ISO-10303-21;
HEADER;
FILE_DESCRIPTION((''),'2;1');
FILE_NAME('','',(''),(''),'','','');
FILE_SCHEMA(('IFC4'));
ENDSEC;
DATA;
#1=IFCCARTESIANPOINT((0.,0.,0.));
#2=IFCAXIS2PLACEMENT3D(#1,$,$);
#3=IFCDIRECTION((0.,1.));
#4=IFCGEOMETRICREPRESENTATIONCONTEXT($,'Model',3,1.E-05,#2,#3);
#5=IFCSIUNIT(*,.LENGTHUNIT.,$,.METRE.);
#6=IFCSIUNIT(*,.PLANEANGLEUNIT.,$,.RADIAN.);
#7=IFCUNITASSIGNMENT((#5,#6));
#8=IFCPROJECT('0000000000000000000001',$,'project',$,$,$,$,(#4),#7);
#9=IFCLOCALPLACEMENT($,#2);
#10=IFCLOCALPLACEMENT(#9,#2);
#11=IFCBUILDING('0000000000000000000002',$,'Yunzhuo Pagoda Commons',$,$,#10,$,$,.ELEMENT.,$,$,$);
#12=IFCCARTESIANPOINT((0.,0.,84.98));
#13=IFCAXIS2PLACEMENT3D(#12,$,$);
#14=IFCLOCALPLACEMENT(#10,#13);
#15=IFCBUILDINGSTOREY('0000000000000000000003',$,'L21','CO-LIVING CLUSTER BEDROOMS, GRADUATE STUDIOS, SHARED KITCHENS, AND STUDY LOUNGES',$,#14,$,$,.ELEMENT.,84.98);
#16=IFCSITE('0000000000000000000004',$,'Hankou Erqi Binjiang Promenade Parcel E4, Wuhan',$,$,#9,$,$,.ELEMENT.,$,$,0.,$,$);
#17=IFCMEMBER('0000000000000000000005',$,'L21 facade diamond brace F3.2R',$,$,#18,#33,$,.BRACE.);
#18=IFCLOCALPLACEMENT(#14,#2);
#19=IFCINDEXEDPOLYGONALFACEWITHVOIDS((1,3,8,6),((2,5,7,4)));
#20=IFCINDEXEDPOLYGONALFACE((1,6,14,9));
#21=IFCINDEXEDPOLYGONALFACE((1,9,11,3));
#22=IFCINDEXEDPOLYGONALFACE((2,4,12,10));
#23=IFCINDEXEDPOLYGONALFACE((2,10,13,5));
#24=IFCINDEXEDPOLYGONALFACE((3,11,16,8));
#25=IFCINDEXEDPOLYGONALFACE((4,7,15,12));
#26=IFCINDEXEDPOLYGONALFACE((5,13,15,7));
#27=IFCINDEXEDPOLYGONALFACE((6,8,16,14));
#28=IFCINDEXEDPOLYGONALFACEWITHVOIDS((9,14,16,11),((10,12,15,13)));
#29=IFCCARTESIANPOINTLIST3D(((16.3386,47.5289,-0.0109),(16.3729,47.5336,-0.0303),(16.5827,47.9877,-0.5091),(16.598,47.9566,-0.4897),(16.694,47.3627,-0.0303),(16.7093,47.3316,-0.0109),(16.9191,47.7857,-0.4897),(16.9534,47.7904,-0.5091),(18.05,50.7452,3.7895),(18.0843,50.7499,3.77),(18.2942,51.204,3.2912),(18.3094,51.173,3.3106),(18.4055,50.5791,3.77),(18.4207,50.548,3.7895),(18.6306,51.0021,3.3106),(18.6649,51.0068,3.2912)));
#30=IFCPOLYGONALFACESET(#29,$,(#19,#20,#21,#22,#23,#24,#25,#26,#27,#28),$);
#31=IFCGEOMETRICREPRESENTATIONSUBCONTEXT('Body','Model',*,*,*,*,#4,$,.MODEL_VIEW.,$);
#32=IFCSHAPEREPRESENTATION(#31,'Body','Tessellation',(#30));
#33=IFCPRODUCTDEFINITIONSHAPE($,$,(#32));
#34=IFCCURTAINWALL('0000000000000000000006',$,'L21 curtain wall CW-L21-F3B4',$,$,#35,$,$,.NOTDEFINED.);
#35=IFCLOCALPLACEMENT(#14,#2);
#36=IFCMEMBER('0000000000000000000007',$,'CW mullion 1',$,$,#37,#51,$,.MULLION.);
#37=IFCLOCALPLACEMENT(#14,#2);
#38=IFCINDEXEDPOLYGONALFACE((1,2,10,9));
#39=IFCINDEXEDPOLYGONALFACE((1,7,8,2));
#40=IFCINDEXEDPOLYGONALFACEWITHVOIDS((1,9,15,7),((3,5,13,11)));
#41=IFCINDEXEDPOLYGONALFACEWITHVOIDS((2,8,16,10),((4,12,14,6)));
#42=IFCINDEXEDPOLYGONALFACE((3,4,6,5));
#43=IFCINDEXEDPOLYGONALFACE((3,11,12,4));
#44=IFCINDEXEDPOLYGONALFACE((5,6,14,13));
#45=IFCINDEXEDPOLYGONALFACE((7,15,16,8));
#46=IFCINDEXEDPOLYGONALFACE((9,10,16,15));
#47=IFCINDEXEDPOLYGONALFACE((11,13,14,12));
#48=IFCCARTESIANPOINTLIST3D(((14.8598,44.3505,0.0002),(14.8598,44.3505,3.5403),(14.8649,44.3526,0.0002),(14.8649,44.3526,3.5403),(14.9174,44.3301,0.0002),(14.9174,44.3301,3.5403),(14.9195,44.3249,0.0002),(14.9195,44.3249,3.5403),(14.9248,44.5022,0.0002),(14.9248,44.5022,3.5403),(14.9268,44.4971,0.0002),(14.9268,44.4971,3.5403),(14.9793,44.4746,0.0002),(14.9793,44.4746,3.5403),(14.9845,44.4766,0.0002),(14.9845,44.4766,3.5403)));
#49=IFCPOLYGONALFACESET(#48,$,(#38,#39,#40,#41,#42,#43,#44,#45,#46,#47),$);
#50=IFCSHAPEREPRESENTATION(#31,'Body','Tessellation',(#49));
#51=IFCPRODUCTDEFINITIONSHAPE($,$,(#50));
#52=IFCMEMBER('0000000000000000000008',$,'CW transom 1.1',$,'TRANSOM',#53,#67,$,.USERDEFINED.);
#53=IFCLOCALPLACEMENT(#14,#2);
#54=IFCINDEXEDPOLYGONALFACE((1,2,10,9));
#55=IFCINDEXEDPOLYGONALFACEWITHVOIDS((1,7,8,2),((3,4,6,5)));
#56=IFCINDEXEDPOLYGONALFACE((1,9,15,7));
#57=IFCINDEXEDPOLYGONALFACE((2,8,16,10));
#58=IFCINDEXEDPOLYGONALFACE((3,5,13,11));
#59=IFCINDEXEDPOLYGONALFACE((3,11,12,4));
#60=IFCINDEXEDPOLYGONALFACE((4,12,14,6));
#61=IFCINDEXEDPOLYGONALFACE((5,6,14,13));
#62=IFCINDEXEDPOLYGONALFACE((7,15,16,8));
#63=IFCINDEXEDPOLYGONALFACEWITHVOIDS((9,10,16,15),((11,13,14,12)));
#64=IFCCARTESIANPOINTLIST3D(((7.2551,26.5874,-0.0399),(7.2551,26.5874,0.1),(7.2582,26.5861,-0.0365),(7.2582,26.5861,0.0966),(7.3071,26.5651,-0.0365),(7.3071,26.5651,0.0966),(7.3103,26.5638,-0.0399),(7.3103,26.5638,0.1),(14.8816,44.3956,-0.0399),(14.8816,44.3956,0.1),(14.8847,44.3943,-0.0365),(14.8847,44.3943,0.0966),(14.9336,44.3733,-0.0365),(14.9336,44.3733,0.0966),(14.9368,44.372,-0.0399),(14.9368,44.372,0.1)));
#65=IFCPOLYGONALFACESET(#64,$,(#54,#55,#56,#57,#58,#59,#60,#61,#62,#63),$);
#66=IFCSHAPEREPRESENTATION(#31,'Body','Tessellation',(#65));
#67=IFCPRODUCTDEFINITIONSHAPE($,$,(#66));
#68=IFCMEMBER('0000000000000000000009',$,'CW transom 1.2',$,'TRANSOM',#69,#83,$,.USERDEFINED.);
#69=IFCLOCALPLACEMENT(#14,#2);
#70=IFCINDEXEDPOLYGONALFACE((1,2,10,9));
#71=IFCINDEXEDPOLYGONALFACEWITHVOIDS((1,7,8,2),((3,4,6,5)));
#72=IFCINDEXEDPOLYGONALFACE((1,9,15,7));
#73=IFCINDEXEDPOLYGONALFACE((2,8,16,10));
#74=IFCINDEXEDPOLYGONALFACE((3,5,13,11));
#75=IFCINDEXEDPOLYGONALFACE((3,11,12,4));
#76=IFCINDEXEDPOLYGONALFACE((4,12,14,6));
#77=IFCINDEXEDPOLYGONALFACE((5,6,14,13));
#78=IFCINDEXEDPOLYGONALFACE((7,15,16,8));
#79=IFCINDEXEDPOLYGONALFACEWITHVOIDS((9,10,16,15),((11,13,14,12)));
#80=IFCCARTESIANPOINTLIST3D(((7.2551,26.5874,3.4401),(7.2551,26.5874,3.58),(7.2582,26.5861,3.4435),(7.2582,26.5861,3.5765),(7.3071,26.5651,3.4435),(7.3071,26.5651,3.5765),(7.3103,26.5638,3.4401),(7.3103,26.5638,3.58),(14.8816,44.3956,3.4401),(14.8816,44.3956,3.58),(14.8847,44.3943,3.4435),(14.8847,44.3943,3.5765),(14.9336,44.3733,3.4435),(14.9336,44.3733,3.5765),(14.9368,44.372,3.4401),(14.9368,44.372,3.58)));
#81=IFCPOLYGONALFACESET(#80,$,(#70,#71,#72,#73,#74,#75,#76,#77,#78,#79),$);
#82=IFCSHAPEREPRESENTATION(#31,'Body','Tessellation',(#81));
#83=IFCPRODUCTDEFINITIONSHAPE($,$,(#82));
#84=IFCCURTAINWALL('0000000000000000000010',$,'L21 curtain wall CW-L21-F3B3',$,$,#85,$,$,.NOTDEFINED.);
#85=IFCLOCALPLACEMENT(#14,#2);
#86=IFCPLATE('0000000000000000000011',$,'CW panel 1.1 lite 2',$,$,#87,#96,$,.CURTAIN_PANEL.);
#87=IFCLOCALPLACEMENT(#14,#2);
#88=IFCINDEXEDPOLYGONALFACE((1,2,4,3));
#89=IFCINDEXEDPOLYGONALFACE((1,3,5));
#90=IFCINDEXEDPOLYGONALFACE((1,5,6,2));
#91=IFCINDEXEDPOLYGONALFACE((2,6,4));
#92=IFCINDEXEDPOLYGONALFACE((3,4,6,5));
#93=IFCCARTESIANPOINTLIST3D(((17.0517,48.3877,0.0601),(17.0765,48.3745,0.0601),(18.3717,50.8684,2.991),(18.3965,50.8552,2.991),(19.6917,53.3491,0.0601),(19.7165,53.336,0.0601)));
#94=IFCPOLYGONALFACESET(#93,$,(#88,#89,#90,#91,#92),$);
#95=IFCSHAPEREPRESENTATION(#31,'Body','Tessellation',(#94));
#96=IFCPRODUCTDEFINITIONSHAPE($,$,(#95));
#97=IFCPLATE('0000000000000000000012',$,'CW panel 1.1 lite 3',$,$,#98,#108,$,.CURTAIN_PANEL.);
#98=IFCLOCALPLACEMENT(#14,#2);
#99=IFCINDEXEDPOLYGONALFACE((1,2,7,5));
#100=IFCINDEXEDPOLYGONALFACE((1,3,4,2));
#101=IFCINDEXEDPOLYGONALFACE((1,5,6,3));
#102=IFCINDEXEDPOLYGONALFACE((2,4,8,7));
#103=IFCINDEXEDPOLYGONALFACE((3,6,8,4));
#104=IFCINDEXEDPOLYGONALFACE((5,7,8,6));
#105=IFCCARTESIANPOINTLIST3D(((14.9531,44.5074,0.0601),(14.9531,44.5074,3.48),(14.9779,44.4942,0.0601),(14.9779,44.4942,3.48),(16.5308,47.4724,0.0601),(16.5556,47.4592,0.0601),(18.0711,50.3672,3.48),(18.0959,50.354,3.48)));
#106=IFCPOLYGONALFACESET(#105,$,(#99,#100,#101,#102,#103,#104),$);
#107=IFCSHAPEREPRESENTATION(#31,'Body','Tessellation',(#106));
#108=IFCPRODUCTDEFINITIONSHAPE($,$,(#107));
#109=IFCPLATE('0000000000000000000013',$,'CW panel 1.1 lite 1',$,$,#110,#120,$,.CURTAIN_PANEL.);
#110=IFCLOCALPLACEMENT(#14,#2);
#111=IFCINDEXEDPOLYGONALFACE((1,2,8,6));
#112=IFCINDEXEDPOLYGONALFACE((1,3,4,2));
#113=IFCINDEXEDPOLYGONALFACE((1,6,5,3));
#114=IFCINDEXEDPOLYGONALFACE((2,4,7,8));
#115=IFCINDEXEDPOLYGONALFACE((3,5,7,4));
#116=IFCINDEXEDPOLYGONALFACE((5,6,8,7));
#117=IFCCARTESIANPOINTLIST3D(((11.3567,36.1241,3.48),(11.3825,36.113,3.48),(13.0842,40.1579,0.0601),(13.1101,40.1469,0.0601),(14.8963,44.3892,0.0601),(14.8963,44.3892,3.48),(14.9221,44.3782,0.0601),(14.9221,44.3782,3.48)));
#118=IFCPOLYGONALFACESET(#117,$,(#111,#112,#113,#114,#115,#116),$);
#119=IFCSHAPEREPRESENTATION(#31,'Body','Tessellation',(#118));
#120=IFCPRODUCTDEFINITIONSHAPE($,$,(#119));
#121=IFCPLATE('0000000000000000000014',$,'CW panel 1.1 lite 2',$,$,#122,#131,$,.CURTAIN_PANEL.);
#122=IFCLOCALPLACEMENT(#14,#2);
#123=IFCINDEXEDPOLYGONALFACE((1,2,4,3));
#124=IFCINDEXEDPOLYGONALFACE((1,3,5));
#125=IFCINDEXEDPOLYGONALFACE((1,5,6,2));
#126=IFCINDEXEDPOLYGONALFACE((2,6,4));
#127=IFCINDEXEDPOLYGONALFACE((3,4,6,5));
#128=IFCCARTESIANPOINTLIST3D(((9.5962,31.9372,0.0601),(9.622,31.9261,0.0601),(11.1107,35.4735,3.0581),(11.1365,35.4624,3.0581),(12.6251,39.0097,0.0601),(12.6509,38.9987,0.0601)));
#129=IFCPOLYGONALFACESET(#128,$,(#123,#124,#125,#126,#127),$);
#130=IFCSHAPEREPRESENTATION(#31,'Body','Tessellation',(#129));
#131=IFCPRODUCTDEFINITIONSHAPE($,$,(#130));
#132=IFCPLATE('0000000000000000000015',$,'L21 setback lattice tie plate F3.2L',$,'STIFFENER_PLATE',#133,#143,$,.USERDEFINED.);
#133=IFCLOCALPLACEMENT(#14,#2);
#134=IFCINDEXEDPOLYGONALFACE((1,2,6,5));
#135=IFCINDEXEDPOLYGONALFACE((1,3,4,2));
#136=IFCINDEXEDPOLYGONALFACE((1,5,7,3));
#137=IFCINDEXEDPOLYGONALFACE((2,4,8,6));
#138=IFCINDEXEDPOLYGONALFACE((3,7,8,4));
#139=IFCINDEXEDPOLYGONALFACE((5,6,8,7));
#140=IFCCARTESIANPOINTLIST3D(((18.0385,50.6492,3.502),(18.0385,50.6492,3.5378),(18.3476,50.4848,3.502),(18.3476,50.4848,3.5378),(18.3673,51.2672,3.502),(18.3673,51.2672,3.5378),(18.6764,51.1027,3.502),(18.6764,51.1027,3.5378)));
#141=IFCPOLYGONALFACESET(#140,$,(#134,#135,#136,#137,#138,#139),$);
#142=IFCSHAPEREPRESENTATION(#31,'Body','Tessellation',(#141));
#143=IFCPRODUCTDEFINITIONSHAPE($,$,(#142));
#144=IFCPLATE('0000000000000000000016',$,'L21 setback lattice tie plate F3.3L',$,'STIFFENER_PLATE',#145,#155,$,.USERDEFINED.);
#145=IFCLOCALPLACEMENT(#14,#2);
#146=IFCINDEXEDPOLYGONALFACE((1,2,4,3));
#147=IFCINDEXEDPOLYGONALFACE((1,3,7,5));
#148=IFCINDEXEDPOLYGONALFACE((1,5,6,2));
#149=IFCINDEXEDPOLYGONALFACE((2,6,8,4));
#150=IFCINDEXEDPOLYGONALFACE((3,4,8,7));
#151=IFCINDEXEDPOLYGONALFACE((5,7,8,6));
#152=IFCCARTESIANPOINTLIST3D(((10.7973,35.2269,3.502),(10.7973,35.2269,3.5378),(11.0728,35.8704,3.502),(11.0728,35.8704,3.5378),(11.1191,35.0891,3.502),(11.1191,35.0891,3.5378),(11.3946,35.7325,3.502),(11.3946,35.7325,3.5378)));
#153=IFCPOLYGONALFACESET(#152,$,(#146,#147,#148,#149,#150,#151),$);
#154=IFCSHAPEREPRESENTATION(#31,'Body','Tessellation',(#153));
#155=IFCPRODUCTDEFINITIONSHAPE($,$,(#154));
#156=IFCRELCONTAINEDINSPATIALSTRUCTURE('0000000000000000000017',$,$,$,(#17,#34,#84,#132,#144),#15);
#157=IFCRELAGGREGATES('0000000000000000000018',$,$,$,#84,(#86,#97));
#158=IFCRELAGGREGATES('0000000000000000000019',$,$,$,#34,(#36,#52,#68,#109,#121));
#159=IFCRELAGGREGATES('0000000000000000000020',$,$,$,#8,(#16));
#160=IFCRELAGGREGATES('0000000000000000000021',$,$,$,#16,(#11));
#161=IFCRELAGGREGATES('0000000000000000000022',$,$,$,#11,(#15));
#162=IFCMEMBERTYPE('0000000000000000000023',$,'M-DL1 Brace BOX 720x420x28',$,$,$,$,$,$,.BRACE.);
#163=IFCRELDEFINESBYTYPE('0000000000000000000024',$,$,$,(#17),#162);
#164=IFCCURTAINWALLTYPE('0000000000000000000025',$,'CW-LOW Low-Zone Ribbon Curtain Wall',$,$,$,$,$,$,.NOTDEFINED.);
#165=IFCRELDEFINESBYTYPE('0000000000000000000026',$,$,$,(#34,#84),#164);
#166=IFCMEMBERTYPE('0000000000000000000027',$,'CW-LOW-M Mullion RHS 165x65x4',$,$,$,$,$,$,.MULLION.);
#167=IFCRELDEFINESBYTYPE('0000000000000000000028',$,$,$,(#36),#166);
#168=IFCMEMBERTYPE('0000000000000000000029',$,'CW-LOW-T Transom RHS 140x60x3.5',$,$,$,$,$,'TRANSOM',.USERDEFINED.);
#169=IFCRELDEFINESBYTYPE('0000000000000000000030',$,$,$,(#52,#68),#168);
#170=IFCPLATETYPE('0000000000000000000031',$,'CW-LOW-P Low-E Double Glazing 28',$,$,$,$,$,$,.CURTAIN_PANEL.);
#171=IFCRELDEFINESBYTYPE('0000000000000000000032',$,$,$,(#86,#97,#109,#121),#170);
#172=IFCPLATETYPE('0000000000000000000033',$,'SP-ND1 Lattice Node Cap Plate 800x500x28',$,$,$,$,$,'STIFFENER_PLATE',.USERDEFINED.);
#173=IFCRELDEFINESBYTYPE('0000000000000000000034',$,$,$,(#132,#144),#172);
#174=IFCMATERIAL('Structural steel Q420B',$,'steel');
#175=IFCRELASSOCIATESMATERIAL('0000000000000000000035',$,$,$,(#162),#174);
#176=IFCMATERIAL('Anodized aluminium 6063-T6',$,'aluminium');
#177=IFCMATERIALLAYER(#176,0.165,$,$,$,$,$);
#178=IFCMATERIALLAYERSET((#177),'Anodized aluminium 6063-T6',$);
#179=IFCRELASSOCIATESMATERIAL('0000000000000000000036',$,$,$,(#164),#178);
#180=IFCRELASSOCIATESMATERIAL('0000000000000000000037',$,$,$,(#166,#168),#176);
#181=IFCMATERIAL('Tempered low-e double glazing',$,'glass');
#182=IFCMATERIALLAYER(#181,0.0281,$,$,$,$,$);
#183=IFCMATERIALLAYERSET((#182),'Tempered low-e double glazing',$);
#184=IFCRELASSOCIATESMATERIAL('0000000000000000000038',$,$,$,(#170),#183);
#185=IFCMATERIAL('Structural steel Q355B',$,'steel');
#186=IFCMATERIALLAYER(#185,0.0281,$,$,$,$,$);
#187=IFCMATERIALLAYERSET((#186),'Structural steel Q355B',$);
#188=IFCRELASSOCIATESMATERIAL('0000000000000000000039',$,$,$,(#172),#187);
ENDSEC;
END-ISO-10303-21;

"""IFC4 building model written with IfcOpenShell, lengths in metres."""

from ifc_helpers import new_model, si_unit, direction, frame, origin, origin_2d, place, context, subcontext, project, spatial, polyline, rectangle, hollow_rectangle, outline, extrude, source, transform, mapped, material, layer, layer_set, material_profile, profile_set, type_object, element, aggregate, save


model = new_model("IFC4")

# Units and contexts
model_context = context("Model", 3, precision=1e-05, world=origin(), true_north=direction((0.0, 1.0)))
body_context = subcontext(model_context, "Body", "Model", "MODEL_VIEW")
ifc_project = project(units=[si_unit("LENGTHUNIT", "METRE"), si_unit("PLANEANGLEUNIT", "RADIAN")], contexts=[model_context])

# Site, building, storey
site_placement = place(None, origin())
site = spatial("IfcSite", under=ifc_project, at=site_placement, Name="Hankou Erqi Binjiang Promenade Parcel E4, Wuhan", CompositionType="ELEMENT", RefElevation=0.0)
building_placement = place(site_placement, origin())
building = spatial("IfcBuilding", under=site, at=building_placement, Name="Yunzhuo Pagoda Commons", CompositionType="ELEMENT")
storey_placement = place(building_placement, frame((0.0, 0.0, 84.98)))
storey = spatial("IfcBuildingStorey", under=building, at=storey_placement, Name="L21", Description="CO-LIVING CLUSTER BEDROOMS, GRADUATE STUDIOS, SHARED KITCHENS, AND STUDY LOUNGES", CompositionType="ELEMENT", Elevation=84.98)

# Shared definitions
ifc_material_1 = material(Name="Structural steel Q420B", Category="steel")

# Shared definitions
ifc_material_2 = material(Name="Structural steel Q355B", Category="steel")

# Member
ifc_material_profile_1 = material_profile(ifc_material_1, hollow_rectangle(XDim=0.4199, YDim=0.72, WallThickness=0.0281, at=origin_2d()), Name="Structural steel Q420B")
ifc_profile_set_1 = profile_set([ifc_material_profile_1], Name="Structural steel Q420B")
member_type_1 = type_object("IfcMemberType", Name="M-DL1 Brace BOX 720x420x28", PredefinedType="BRACE", material=ifc_profile_set_1)
shared_shape_1 = source(origin(), body_context, "Body", "SweptSolid", [
    extrude(hollow_rectangle(XDim=0.4199, YDim=0.72, WallThickness=0.0281, at=origin_2d()), origin(), (0.0, 0.0, 1.0), 5.2646),
])
member_1_placement = place(storey_placement, frame((16.646, 47.6597, -0.26), z_axis=(0.325083, 0.610933, 0.72186), x_axis=(-0.882801, 0.469746, 0.0)))
element("IfcMember", 1, at=member_1_placement, inside=storey, type_object=member_type_1, Name="L21 facade diamond brace F3.2R", PredefinedType="BRACE", context=body_context, shape_type="MappedRepresentation", body=[
    mapped(shared_shape_1, transform((0.0, 0.0, 0.0), scale=1.0)),
])

# Curtain wall, members
ifc_material_3 = material(Name="Anodized aluminium 6063-T6", Category="aluminium")
ifc_layer_1 = layer(ifc_material_3, 0.165)
ifc_layer_set_1 = layer_set([ifc_layer_1], Name="Anodized aluminium 6063-T6")
curtain_wall_type = type_object("IfcCurtainWallType", Name="CW-LOW Low-Zone Ribbon Curtain Wall", PredefinedType="NOTDEFINED", material=ifc_layer_set_1)
curtain_wall_1_placement = place(storey_placement, origin())
curtain_wall_1 = element("IfcCurtainWall", 2, at=curtain_wall_1_placement, inside=storey, type_object=curtain_wall_type, Name="L21 curtain wall CW-L21-F3B4", PredefinedType="NOTDEFINED")
ifc_material_profile_2 = material_profile(ifc_material_3, hollow_rectangle(XDim=0.0649, YDim=0.165, WallThickness=0.0039, at=origin_2d()), Name="Anodized aluminium 6063-T6")
ifc_profile_set_2 = profile_set([ifc_material_profile_2], Name="Anodized aluminium 6063-T6")
member_type_2 = type_object("IfcMemberType", Name="CW-LOW-M Mullion RHS 165x65x4", PredefinedType="MULLION", material=ifc_profile_set_2)
shared_shape_2 = source(origin(), body_context, "Body", "SweptSolid", [
    extrude(hollow_rectangle(XDim=0.0649, YDim=0.165, WallThickness=0.0039, at=origin_2d()), origin(), (0.0, 0.0, 1.0), 3.54),
])
member_2_placement = place(storey_placement, frame((14.9221, 44.4136, 0.0002), z_axis=(0.0, 0.0, 1.0), x_axis=(0.91925, -0.393674, 0.0)))
member_2 = element("IfcMember", 3, at=member_2_placement, type_object=member_type_2, Name="CW mullion 1", PredefinedType="MULLION", context=body_context, shape_type="MappedRepresentation", body=[
    mapped(shared_shape_2, transform((0.0, 0.0, 0.0), scale=1.0)),
])
ifc_material_profile_3 = material_profile(ifc_material_3, hollow_rectangle(XDim=0.0601, YDim=0.1399, WallThickness=0.0034, at=origin_2d()), Name="Anodized aluminium 6063-T6")
ifc_profile_set_3 = profile_set([ifc_material_profile_3], Name="Anodized aluminium 6063-T6")
member_type_3 = type_object("IfcMemberType", Name="CW-LOW-T Transom RHS 140x60x3.5", ElementType="TRANSOM", PredefinedType="USERDEFINED", material=ifc_profile_set_3)
shared_shape_3 = source(origin(), body_context, "Body", "SweptSolid", [
    extrude(hollow_rectangle(XDim=0.0601, YDim=0.1399, WallThickness=0.0034, at=origin_2d()), origin(), (0.0, 0.0, 1.0), 19.3726),
])
member_3_placement = place(storey_placement, frame((14.9092, 44.3838, 0.03), z_axis=(-0.393676, -0.919249, 0.0), x_axis=(0.919249, -0.393676, 0.0)))
member_3 = element("IfcMember", 4, at=member_3_placement, type_object=member_type_3, Name="CW transom 1.1", ObjectType="TRANSOM", PredefinedType="USERDEFINED", context=body_context, shape_type="MappedRepresentation", body=[
    mapped(shared_shape_3, transform((0.0, 0.0, 0.0), scale=1.0)),
])
member_4_placement = place(storey_placement, frame((14.9092, 44.3838, 3.51), z_axis=(-0.393676, -0.919249, 0.0), x_axis=(0.919249, -0.393676, 0.0)))
member_4 = element("IfcMember", 5, at=member_4_placement, type_object=member_type_3, Name="CW transom 1.2", ObjectType="TRANSOM", PredefinedType="USERDEFINED", context=body_context, shape_type="MappedRepresentation", body=[
    mapped(shared_shape_3, transform((0.0, 0.0, 0.0), scale=1.0)),
])

# Curtain wall, plates
curtain_wall_2_placement = place(storey_placement, origin())
curtain_wall_2 = element("IfcCurtainWall", 6, at=curtain_wall_2_placement, inside=storey, type_object=curtain_wall_type, Name="L21 curtain wall CW-L21-F3B3", PredefinedType="NOTDEFINED")
ifc_material_4 = material(Name="Tempered low-e double glazing", Category="glass")
ifc_layer_2 = layer(ifc_material_4, 0.0281)
ifc_layer_set_2 = layer_set([ifc_layer_2], Name="Tempered low-e double glazing")
plate_type_1 = type_object("IfcPlateType", Name="CW-LOW-P Low-E Double Glazing 28", PredefinedType="CURTAIN_PANEL", material=ifc_layer_set_2)
plate_1_placement = place(storey_placement, frame((18.3965, 50.8552, 1.5254), z_axis=(-0.882805, 0.46974, 0.0), x_axis=(-0.46974, -0.882805, 0.0)))
plate_1 = element("IfcPlate", 7, at=plate_1_placement, type_object=plate_type_1, Name="CW panel 1.1 lite 2", PredefinedType="CURTAIN_PANEL", context=body_context, shape_type="SweptSolid", body=[
    extrude(outline(polyline([(-2.8101, -1.4653), (2.8101, -1.4653), (0.0, 1.4656), (-2.8101, -1.4653)])), origin(), (0.0, 0.0, 1.0), 0.0281),
])
plate_2_placement = place(storey_placement, frame((16.5369, 47.4241, 1.77), z_axis=(-0.882805, 0.46974, 0.0), x_axis=(-0.46974, -0.882805, 0.0)))
plate_2 = element("IfcPlate", 8, at=plate_2_placement, type_object=plate_type_1, Name="CW panel 1.1 lite 3", PredefinedType="CURTAIN_PANEL", context=body_context, shape_type="SweptSolid", body=[
    extrude(outline(polyline([(-3.3188, 1.71), (-0.0398, -1.71), (3.3188, -1.71), (3.3188, 1.71), (-3.3188, 1.71)])), origin(), (0.0, 0.0, 1.0), 0.0281),
])
aggregate(curtain_wall_2, [plate_1, plate_2])

# Plates
plate_3_placement = place(storey_placement, frame((13.1523, 40.2456, 1.77), z_axis=(-0.91925, 0.393674, 0.0), x_axis=(-0.393674, -0.91925, 0.0)))
plate_3 = element("IfcPlate", 9, at=plate_3_placement, type_object=plate_type_1, Name="CW panel 1.1 lite 1", PredefinedType="CURTAIN_PANEL", context=body_context, shape_type="SweptSolid", body=[
    extrude(outline(polyline([(-4.4956, -1.71), (0.1074, -1.71), (4.4956, 1.71), (-4.4956, 1.71), (-4.4956, -1.71)])), origin(), (0.0, 0.0, 1.0), 0.0281),
])
plate_4_placement = place(storey_placement, frame((11.1365, 35.4624, 1.5591), z_axis=(-0.91925, 0.393674, 0.0), x_axis=(-0.393674, -0.91925, 0.0)))
plate_4 = element("IfcPlate", 10, at=plate_4_placement, type_object=plate_type_1, Name="CW panel 1.1 lite 2", PredefinedType="CURTAIN_PANEL", context=body_context, shape_type="SweptSolid", body=[
    extrude(outline(polyline([(-3.8469, -1.499), (3.8469, -1.499), (0.0, 1.499), (-3.8469, -1.499)])), origin(), (0.0, 0.0, 1.0), 0.0281),
])
aggregate(curtain_wall_1, [member_2, member_3, member_4, plate_3, plate_4])

# Plates
ifc_layer_3 = layer(ifc_material_2, 0.0281)
ifc_layer_set_3 = layer_set([ifc_layer_3], Name="Structural steel Q355B")
plate_type_2 = type_object("IfcPlateType", Name="SP-ND1 Lattice Node Cap Plate 800x500x28", ElementType="STIFFENER_PLATE", PredefinedType="USERDEFINED", material=ifc_layer_set_3)
shared_shape_4 = source(origin(), body_context, "Body", "SweptSolid", [
    extrude(rectangle(XDim=0.7, YDim=0.3501, at=origin_2d()), origin(), (0.0, 0.0, 1.0), 0.0359),
])
for number, where, z_axis, x_axis, name in (
    (11, (18.3574, 50.876, 3.502), (0.0, 0.0, 1.0), (-0.469734, -0.882808, 0.0), "L21 setback lattice tie plate F3.2L"),
    (12, (11.0959, 35.4797, 3.502), (0.0, 0.0, 1.0), (-0.393669, -0.919252, 0.0), "L21 setback lattice tie plate F3.3L"),
):
    element("IfcPlate", number, at=place(storey_placement, frame(where, z_axis=z_axis, x_axis=x_axis)), inside=storey, type_object=plate_type_2, Name=name, ObjectType="STIFFENER_PLATE", PredefinedType="USERDEFINED", context=body_context, shape_type="MappedRepresentation", body=[
        mapped(shared_shape_4, transform((0.0, 0.0, 0.0), scale=1.0)),
    ])

save(model, "model.ifc")
